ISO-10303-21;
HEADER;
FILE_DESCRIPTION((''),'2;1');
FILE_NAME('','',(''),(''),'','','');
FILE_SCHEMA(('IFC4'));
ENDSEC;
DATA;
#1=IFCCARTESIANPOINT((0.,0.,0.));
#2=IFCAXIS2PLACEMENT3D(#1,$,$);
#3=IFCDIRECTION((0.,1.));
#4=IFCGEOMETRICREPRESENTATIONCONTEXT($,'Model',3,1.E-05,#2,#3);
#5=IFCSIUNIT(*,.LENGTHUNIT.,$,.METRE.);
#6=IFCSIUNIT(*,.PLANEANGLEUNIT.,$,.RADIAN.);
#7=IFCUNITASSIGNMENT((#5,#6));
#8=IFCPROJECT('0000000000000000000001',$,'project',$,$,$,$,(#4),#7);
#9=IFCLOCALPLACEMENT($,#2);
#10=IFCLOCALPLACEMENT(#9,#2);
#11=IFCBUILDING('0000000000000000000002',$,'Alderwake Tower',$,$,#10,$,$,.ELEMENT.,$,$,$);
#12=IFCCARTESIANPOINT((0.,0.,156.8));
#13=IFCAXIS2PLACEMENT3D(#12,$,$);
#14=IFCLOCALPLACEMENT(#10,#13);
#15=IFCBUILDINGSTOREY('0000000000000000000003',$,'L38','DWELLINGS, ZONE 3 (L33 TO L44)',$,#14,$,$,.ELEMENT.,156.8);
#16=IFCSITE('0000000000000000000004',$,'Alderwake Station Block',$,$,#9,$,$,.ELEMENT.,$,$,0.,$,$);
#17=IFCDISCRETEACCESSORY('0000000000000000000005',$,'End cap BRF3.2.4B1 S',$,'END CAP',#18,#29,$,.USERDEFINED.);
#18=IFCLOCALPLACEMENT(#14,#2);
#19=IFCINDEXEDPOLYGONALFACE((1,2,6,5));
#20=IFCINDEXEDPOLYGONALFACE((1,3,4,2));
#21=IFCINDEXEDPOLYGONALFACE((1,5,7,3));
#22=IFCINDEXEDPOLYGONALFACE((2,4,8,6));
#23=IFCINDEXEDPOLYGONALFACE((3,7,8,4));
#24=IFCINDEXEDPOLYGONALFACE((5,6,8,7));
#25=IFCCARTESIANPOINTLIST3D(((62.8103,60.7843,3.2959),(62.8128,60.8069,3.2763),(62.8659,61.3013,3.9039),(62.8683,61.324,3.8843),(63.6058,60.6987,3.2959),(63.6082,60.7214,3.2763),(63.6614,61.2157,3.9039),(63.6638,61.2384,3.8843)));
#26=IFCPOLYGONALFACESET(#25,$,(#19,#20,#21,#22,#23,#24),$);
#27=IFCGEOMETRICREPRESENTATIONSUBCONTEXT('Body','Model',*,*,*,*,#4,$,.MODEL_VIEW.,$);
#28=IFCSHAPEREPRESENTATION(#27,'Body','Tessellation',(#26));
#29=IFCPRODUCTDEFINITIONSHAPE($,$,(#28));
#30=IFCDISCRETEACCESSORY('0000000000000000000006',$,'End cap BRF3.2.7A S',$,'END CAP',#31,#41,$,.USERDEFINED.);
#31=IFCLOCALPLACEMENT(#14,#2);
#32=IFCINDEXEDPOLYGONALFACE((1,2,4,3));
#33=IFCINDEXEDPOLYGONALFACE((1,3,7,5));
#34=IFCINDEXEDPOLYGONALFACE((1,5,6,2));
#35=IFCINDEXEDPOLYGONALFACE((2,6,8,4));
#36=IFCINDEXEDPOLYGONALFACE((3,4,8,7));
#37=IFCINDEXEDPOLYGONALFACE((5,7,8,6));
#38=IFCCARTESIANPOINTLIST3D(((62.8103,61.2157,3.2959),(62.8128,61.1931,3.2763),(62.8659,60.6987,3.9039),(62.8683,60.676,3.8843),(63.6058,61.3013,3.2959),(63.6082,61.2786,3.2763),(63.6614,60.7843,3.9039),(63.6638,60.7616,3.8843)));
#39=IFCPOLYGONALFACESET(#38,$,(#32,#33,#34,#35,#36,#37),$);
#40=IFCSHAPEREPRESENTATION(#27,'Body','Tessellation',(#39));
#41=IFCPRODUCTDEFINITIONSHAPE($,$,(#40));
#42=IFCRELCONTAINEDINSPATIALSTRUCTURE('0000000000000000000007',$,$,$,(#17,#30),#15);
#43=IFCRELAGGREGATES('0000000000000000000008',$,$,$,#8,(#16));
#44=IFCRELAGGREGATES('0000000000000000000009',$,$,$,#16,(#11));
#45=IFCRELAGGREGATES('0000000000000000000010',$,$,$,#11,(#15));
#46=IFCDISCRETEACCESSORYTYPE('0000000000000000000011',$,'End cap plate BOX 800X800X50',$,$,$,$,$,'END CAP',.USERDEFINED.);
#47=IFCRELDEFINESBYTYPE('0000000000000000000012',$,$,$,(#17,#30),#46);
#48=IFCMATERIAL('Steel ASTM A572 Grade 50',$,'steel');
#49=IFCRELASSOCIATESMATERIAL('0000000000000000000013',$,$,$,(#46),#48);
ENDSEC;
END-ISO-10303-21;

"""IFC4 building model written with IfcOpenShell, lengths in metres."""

from ifc_helpers import new_model, si_unit, direction, frame, origin, origin_2d, place, context, subcontext, project, spatial, rectangle, extrude, material, material_profile, profile_set, type_object, element, save


model = new_model("IFC4")

# Units and contexts
model_context = context("Model", 3, precision=1e-05, world=origin(), true_north=direction((0.0, 1.0)))
body_context = subcontext(model_context, "Body", "Model", "MODEL_VIEW")
ifc_project = project(units=[si_unit("LENGTHUNIT", "METRE"), si_unit("PLANEANGLEUNIT", "RADIAN")], contexts=[model_context])

# Site, building, storey
site_placement = place(None, origin())
site = spatial("IfcSite", under=ifc_project, at=site_placement, Name="Alderwake Station Block", CompositionType="ELEMENT", RefElevation=0.0)
building_placement = place(site_placement, origin())
building = spatial("IfcBuilding", under=site, at=building_placement, Name="Alderwake Tower", CompositionType="ELEMENT")
storey_placement = place(building_placement, frame((0.0, 0.0, 156.8)))
storey = spatial("IfcBuildingStorey", under=building, at=storey_placement, Name="L38", Description="DWELLINGS, ZONE 3 (L33 TO L44)", CompositionType="ELEMENT", Elevation=156.8)

# Discrete accessories
ifc_material_1 = material(Name="Steel ASTM A572 Grade 50", Category="steel")
ifc_material_profile_1 = material_profile(ifc_material_1, rectangle(XDim=0.8, YDim=0.8, at=origin_2d()), Name="BOX 800X800X50 cap")
ifc_profile_set_1 = profile_set([ifc_material_profile_1], Name="Steel ASTM A572 Grade 50")
discrete_accessory_type = type_object("IfcDiscreteAccessoryType", Name="End cap plate BOX 800X800X50", ElementType="END CAP", PredefinedType="USERDEFINED", material=ifc_profile_set_1)
for number, where, z_axis, x_axis, name in (
    (1, (63.2358, 61.0, 3.5999), (0.081247, 0.755598, -0.649977), (-0.994269, 0.106911, 0.0), "End cap BRF3.2.4B1 S"),
    (2, (63.2358, 61.0, 3.5999), (0.081247, -0.755598, -0.649977), (0.994269, 0.106911, 0.0), "End cap BRF3.2.7A S"),
):
    element("IfcDiscreteAccessory", number, at=place(storey_placement, frame(where, z_axis=z_axis, x_axis=x_axis)), inside=storey, type_object=discrete_accessory_type, Name=name, ObjectType="END CAP", PredefinedType="USERDEFINED", context=body_context, shape_type="SweptSolid", body=[
        extrude(rectangle(XDim=0.8, YDim=0.8, at=origin_2d()), origin(), (0.0, 0.0, 1.0), 0.03),
    ])

save(model, "model.ifc")
